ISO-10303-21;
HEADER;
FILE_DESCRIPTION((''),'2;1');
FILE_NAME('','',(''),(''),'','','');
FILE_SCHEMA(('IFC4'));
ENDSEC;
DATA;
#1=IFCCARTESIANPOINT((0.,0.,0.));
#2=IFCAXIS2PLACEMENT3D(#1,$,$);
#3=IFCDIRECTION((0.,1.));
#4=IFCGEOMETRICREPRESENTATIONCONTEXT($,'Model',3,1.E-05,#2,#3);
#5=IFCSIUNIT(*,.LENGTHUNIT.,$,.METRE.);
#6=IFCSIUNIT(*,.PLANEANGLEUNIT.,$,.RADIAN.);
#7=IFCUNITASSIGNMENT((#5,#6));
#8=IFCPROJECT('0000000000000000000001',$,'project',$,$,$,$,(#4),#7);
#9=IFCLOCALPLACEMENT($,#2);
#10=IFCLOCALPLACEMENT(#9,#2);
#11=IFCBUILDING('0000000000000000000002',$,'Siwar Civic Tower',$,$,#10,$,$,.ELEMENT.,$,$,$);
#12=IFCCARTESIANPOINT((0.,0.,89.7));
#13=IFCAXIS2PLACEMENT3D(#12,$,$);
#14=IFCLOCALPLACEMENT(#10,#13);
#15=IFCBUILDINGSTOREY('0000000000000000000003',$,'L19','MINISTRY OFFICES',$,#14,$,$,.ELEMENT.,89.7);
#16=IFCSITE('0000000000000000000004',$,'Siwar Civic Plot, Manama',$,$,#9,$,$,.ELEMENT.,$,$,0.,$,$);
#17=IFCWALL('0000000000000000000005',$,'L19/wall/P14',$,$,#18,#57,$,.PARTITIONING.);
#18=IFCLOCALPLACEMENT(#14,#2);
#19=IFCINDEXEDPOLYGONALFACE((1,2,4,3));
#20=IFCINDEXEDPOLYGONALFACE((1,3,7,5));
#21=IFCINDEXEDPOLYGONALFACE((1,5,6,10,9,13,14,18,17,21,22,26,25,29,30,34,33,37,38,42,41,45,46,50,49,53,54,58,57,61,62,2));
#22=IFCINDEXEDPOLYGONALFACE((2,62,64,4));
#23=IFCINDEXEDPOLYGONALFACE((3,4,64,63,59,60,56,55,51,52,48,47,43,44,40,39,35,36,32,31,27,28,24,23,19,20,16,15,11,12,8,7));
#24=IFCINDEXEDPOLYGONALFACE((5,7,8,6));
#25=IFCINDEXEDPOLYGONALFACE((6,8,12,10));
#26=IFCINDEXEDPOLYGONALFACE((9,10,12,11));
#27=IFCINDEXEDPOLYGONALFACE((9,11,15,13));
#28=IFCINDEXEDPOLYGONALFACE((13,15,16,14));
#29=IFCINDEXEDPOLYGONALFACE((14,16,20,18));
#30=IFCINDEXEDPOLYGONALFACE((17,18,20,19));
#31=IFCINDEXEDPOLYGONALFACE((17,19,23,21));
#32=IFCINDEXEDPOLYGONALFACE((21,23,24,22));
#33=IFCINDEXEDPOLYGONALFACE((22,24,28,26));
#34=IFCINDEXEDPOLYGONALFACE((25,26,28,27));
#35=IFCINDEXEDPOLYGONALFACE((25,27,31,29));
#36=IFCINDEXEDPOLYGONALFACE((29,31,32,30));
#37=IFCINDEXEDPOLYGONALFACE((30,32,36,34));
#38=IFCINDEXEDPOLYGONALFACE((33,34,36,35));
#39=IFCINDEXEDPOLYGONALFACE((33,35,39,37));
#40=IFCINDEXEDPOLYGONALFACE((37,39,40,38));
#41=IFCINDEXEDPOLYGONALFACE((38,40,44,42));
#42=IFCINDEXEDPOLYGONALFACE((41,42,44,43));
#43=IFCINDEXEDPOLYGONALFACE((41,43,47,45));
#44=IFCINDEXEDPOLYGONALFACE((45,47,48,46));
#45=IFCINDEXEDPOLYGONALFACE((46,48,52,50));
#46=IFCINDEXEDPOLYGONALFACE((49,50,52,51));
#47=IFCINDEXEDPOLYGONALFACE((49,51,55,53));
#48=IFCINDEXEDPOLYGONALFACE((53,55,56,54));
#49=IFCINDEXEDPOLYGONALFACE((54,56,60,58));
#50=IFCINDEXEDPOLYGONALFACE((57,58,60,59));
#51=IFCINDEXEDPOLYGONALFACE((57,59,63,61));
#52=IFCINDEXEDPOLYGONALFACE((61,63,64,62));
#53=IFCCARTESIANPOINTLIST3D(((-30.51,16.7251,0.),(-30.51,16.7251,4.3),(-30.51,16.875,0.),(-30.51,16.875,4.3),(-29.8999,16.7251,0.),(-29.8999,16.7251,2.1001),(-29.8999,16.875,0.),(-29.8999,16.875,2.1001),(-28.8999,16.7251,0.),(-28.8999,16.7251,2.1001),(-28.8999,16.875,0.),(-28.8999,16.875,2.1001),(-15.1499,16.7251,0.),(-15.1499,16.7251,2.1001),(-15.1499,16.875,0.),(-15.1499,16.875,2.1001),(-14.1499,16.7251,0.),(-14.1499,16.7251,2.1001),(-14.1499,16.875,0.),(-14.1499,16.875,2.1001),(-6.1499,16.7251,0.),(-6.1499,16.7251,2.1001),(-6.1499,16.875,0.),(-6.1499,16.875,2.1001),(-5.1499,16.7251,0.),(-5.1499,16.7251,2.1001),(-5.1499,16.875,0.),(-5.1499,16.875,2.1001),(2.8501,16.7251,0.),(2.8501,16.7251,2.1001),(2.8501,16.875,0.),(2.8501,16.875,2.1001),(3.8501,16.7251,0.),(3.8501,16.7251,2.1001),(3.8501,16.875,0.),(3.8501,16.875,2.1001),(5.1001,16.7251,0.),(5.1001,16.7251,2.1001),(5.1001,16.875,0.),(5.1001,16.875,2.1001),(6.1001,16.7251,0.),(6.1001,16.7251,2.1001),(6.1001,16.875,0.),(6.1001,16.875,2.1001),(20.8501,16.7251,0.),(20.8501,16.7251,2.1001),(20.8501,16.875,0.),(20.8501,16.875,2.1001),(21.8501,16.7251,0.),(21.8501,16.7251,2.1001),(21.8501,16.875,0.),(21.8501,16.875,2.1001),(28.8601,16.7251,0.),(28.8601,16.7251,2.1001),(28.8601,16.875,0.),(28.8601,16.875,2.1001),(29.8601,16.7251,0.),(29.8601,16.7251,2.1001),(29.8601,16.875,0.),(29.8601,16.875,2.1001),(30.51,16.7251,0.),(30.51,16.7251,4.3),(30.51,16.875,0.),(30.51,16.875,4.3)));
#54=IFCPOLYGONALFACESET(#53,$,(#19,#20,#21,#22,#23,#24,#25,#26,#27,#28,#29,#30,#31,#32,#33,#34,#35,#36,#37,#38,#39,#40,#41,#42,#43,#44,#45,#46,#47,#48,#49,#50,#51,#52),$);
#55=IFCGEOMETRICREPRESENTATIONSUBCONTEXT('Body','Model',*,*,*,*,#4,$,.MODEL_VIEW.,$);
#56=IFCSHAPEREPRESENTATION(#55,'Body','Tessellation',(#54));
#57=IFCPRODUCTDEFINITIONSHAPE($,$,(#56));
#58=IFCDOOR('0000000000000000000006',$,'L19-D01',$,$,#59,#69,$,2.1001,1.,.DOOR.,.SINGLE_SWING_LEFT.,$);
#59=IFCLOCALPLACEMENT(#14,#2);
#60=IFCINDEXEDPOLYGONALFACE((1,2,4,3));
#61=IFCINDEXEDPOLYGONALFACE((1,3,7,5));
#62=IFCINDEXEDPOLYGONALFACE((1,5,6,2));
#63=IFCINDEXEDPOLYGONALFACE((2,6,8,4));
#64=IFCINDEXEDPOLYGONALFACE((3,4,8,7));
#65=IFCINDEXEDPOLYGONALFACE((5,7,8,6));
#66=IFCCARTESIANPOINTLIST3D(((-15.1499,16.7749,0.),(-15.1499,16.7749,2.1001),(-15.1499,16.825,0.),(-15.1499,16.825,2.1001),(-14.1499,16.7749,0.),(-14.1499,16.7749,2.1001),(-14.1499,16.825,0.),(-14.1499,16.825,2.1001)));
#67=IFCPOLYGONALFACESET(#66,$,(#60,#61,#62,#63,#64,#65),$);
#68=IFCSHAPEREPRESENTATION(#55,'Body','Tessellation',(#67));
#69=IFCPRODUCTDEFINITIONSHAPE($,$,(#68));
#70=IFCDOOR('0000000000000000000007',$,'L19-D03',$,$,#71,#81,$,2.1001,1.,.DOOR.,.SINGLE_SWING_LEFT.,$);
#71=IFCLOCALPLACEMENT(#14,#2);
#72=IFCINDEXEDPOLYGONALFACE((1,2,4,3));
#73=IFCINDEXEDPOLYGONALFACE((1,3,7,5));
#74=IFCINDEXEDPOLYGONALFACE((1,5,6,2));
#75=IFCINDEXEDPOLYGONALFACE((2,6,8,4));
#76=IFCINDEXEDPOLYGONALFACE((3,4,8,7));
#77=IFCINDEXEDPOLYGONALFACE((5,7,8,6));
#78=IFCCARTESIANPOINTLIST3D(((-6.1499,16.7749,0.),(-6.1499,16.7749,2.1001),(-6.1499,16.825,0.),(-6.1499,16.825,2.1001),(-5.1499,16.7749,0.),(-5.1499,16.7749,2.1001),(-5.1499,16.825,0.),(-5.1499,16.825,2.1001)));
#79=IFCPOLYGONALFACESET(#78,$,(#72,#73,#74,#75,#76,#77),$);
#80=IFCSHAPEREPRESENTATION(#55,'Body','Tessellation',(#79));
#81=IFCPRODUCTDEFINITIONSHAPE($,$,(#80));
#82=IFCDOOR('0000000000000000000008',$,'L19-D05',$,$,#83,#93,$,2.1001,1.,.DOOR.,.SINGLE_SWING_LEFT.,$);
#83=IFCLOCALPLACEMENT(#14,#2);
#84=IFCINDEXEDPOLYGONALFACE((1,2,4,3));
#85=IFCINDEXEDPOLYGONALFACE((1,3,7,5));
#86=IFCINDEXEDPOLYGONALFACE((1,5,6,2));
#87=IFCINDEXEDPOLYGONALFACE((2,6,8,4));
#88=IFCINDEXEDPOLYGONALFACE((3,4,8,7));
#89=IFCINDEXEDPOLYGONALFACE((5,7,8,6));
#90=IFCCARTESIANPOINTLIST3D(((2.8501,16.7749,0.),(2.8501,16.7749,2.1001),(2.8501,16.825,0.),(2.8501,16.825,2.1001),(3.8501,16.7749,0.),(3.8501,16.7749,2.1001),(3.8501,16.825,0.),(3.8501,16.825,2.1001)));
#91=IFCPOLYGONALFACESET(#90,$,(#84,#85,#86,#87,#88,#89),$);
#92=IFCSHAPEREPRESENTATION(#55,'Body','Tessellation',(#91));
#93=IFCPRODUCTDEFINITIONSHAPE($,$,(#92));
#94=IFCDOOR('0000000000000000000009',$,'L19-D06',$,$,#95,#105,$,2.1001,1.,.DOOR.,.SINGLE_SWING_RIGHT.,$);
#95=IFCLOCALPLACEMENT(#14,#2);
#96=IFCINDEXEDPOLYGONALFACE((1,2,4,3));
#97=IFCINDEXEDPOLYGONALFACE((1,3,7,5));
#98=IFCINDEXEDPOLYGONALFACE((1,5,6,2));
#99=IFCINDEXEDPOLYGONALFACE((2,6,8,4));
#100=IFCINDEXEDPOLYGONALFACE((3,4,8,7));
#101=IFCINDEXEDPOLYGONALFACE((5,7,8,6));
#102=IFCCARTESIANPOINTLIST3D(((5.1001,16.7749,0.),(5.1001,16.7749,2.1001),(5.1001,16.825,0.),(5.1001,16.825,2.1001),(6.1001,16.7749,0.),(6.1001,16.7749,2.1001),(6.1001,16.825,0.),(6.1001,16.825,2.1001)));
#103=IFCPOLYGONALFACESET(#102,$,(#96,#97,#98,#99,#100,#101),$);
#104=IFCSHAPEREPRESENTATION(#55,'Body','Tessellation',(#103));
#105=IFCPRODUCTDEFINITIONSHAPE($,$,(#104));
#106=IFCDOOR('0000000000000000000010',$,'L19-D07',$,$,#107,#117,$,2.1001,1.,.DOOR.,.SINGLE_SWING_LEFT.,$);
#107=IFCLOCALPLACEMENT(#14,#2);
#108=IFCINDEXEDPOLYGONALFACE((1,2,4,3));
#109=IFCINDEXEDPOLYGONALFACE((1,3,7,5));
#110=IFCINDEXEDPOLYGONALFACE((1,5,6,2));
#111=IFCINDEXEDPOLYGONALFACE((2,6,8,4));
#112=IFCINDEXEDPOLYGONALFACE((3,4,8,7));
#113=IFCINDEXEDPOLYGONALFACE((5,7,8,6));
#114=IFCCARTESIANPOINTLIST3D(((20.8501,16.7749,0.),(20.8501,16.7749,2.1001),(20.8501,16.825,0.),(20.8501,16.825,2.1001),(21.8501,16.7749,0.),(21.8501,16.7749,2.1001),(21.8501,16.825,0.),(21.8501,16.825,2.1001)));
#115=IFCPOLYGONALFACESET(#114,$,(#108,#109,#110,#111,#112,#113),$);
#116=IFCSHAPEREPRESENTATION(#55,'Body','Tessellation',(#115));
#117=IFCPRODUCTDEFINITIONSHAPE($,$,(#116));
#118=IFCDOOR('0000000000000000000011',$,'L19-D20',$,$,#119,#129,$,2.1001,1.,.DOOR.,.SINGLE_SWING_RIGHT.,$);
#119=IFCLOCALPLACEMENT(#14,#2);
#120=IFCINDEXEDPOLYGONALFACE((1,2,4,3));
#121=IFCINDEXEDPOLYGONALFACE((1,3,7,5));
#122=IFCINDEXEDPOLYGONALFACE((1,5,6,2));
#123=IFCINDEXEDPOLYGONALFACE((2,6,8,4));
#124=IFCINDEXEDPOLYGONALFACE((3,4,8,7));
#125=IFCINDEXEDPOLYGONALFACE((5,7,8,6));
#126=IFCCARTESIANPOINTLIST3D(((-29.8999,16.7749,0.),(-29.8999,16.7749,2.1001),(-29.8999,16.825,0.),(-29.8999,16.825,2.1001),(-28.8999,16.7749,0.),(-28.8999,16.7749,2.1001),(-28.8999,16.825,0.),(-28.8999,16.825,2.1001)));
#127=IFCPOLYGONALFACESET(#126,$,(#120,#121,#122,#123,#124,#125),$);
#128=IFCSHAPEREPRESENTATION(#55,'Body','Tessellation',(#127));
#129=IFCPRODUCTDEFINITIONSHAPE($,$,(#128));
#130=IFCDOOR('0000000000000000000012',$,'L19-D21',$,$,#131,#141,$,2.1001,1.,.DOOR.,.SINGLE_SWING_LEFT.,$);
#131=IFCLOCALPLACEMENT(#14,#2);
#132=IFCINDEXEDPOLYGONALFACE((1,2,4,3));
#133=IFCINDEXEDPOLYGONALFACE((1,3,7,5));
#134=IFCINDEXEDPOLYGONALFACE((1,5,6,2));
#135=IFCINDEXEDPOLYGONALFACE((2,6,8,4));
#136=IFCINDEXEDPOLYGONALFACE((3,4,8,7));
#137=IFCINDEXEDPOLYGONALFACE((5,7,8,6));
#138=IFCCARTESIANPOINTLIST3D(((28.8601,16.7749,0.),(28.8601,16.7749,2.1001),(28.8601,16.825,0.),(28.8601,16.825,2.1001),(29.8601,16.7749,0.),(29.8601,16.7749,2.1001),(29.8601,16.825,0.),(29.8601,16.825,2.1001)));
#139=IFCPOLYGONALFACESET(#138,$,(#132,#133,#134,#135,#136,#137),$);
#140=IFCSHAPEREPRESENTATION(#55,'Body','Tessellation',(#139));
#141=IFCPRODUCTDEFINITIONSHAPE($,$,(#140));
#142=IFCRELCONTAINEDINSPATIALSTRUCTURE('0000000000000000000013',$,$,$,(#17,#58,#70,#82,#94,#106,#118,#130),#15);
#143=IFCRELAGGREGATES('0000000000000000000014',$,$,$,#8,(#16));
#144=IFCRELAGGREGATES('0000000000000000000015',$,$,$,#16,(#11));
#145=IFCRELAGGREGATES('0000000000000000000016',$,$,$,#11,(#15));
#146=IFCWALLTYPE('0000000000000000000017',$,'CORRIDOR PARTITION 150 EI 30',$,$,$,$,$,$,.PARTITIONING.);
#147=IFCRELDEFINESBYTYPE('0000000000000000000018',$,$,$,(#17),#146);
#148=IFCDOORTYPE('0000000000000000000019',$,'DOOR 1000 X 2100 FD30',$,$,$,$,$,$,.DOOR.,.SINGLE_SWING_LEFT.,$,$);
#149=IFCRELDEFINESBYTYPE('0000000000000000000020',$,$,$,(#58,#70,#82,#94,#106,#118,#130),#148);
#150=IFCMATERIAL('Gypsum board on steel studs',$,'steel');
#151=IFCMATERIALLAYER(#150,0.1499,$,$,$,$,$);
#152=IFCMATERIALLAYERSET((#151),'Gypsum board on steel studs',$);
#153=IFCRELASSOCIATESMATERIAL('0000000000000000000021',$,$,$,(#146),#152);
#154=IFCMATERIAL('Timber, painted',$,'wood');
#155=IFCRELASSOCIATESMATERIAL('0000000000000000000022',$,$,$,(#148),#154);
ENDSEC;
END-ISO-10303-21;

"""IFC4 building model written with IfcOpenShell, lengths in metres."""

from ifc_helpers import new_model, si_unit, direction, frame, frame_2d, origin, place, context, subcontext, project, spatial, rectangle, extrude, material, layer, layer_set, type_object, element, fill, save


model = new_model("IFC4")

# Units and contexts
model_context = context("Model", 3, precision=1e-05, world=origin(), true_north=direction((0.0, 1.0)))
body_context = subcontext(model_context, "Body", "Model", "MODEL_VIEW")
ifc_project = project(units=[si_unit("LENGTHUNIT", "METRE"), si_unit("PLANEANGLEUNIT", "RADIAN")], contexts=[model_context])

# Site, building, storey
site_placement = place(None, origin())
site = spatial("IfcSite", under=ifc_project, at=site_placement, Name="Siwar Civic Plot, Manama", CompositionType="ELEMENT", RefElevation=0.0)
building_placement = place(site_placement, origin())
building = spatial("IfcBuilding", under=site, at=building_placement, Name="Siwar Civic Tower", CompositionType="ELEMENT")
storey_placement = place(building_placement, frame((0.0, 0.0, 89.7)))
storey = spatial("IfcBuildingStorey", under=building, at=storey_placement, Name="L19", Description="MINISTRY OFFICES", CompositionType="ELEMENT", Elevation=89.7)

# Shared definitions
ifc_material_1 = material(Name="Gypsum board on steel studs", Category="steel")
ifc_layer_1 = layer(ifc_material_1, 0.1499)
ifc_layer_set_1 = layer_set([ifc_layer_1], Name="Gypsum board on steel studs")
wall_type_1 = type_object("IfcWallType", Name="CORRIDOR PARTITION 150 EI 30", PredefinedType="PARTITIONING", material=ifc_layer_set_1)
ifc_material_2 = material(Name="Timber, painted", Category="wood")
door_type_1 = type_object("IfcDoorType", Name="DOOR 1000 X 2100 FD30", OperationType="SINGLE_SWING_LEFT", PredefinedType="DOOR", material=ifc_material_2)

# Wall, openings, doors
wall_1_placement = place(storey_placement, frame((-30.51, 16.8, 0.0), z_axis=(0.0, 0.0, 1.0), x_axis=(1.0, 0.0, 0.0)))
wall_1 = element("IfcWall", 1, at=wall_1_placement, inside=storey, type_object=wall_type_1, Name="L19/wall/P14", PredefinedType="PARTITIONING", context=body_context, shape_type="SweptSolid", body=[
    extrude(rectangle(XDim=61.02, YDim=0.1499, at=frame_2d((30.51, 0.0))), origin(), (0.0, 0.0, 1.0), 4.3),
])
opening_1_placement = place(wall_1_placement, frame((15.3601, 0.0, 0.0)))
opening_1 = element("IfcOpeningElement", 2, at=opening_1_placement, cuts=wall_1, PredefinedType="OPENING", context=body_context, shape_type="SweptSolid", body=[
    extrude(rectangle(XDim=1.0, YDim=2.1001, at=frame_2d((0.5, 1.05))), frame((0.0, 0.085, 0.0), z_axis=(0.0, -1.0, 0.0), x_axis=(1.0, 0.0, 0.0)), (0.0, 0.0, 1.0), 0.1699),
])
opening_2_placement = place(wall_1_placement, frame((24.3601, 0.0, 0.0)))
opening_2 = element("IfcOpeningElement", 3, at=opening_2_placement, cuts=wall_1, PredefinedType="OPENING", context=body_context, shape_type="SweptSolid", body=[
    extrude(rectangle(XDim=1.0, YDim=2.1001, at=frame_2d((0.5, 1.05))), frame((0.0, 0.085, 0.0), z_axis=(0.0, -1.0, 0.0), x_axis=(1.0, 0.0, 0.0)), (0.0, 0.0, 1.0), 0.1699),
])
opening_3_placement = place(wall_1_placement, frame((33.3601, 0.0, 0.0)))
opening_3 = element("IfcOpeningElement", 4, at=opening_3_placement, cuts=wall_1, PredefinedType="OPENING", context=body_context, shape_type="SweptSolid", body=[
    extrude(rectangle(XDim=1.0, YDim=2.1001, at=frame_2d((0.5, 1.05))), frame((0.0, 0.085, 0.0), z_axis=(0.0, -1.0, 0.0), x_axis=(1.0, 0.0, 0.0)), (0.0, 0.0, 1.0), 0.1699),
])
opening_4_placement = place(wall_1_placement, frame((35.6101, 0.0, 0.0)))
opening_4 = element("IfcOpeningElement", 5, at=opening_4_placement, cuts=wall_1, PredefinedType="OPENING", context=body_context, shape_type="SweptSolid", body=[
    extrude(rectangle(XDim=1.0, YDim=2.1001, at=frame_2d((0.5, 1.05))), frame((0.0, 0.085, 0.0), z_axis=(0.0, -1.0, 0.0), x_axis=(1.0, 0.0, 0.0)), (0.0, 0.0, 1.0), 0.1699),
])
opening_5_placement = place(wall_1_placement, frame((51.3601, 0.0, 0.0)))
opening_5 = element("IfcOpeningElement", 6, at=opening_5_placement, cuts=wall_1, PredefinedType="OPENING", context=body_context, shape_type="SweptSolid", body=[
    extrude(rectangle(XDim=1.0, YDim=2.1001, at=frame_2d((0.5, 1.05))), frame((0.0, 0.085, 0.0), z_axis=(0.0, -1.0, 0.0), x_axis=(1.0, 0.0, 0.0)), (0.0, 0.0, 1.0), 0.1699),
])
opening_6_placement = place(wall_1_placement, frame((0.6101, 0.0, 0.0)))
opening_6 = element("IfcOpeningElement", 7, at=opening_6_placement, cuts=wall_1, PredefinedType="OPENING", context=body_context, shape_type="SweptSolid", body=[
    extrude(rectangle(XDim=1.0, YDim=2.1001, at=frame_2d((0.5, 1.05))), frame((0.0, 0.085, 0.0), z_axis=(0.0, -1.0, 0.0), x_axis=(1.0, 0.0, 0.0)), (0.0, 0.0, 1.0), 0.1699),
])
opening_7_placement = place(wall_1_placement, frame((59.3701, 0.0, 0.0)))
opening_7 = element("IfcOpeningElement", 8, at=opening_7_placement, cuts=wall_1, PredefinedType="OPENING", context=body_context, shape_type="SweptSolid", body=[
    extrude(rectangle(XDim=1.0, YDim=2.1001, at=frame_2d((0.5, 1.05))), frame((0.0, 0.085, 0.0), z_axis=(0.0, -1.0, 0.0), x_axis=(1.0, 0.0, 0.0)), (0.0, 0.0, 1.0), 0.1699),
])
door_1_placement = place(opening_1_placement, origin())
door_1 = element("IfcDoor", 9, at=door_1_placement, inside=storey, type_object=door_type_1, Name="L19-D01", OperationType="SINGLE_SWING_LEFT", OverallHeight=2.1001, OverallWidth=1.0, PredefinedType="DOOR", context=body_context, shape_type="SweptSolid", body=[
    extrude(rectangle(XDim=1.0, YDim=2.1001, at=frame_2d((0.5, 1.05))), frame((0.0, 0.0249, 0.0), z_axis=(0.0, -1.0, 0.0), x_axis=(1.0, 0.0, 0.0)), (0.0, 0.0, 1.0), 0.05),
])
fill(opening_1, door_1)
door_2_placement = place(opening_2_placement, origin())
door_2 = element("IfcDoor", 10, at=door_2_placement, inside=storey, type_object=door_type_1, Name="L19-D03", OperationType="SINGLE_SWING_LEFT", OverallHeight=2.1001, OverallWidth=1.0, PredefinedType="DOOR", context=body_context, shape_type="SweptSolid", body=[
    extrude(rectangle(XDim=1.0, YDim=2.1001, at=frame_2d((0.5, 1.05))), frame((0.0, 0.0249, 0.0), z_axis=(0.0, -1.0, 0.0), x_axis=(1.0, 0.0, 0.0)), (0.0, 0.0, 1.0), 0.05),
])
fill(opening_2, door_2)
door_3_placement = place(opening_3_placement, origin())
door_3 = element("IfcDoor", 11, at=door_3_placement, inside=storey, type_object=door_type_1, Name="L19-D05", OperationType="SINGLE_SWING_LEFT", OverallHeight=2.1001, OverallWidth=1.0, PredefinedType="DOOR", context=body_context, shape_type="SweptSolid", body=[
    extrude(rectangle(XDim=1.0, YDim=2.1001, at=frame_2d((0.5, 1.05))), frame((0.0, 0.0249, 0.0), z_axis=(0.0, -1.0, 0.0), x_axis=(1.0, 0.0, 0.0)), (0.0, 0.0, 1.0), 0.05),
])
fill(opening_3, door_3)
door_4_placement = place(opening_4_placement, origin())
door_4 = element("IfcDoor", 12, at=door_4_placement, inside=storey, type_object=door_type_1, Name="L19-D06", OperationType="SINGLE_SWING_RIGHT", OverallHeight=2.1001, OverallWidth=1.0, PredefinedType="DOOR", context=body_context, shape_type="SweptSolid", body=[
    extrude(rectangle(XDim=1.0, YDim=2.1001, at=frame_2d((0.5, 1.05))), frame((0.0, 0.0249, 0.0), z_axis=(0.0, -1.0, 0.0), x_axis=(1.0, 0.0, 0.0)), (0.0, 0.0, 1.0), 0.05),
])
fill(opening_4, door_4)
door_5_placement = place(opening_5_placement, origin())
door_5 = element("IfcDoor", 13, at=door_5_placement, inside=storey, type_object=door_type_1, Name="L19-D07", OperationType="SINGLE_SWING_LEFT", OverallHeight=2.1001, OverallWidth=1.0, PredefinedType="DOOR", context=body_context, shape_type="SweptSolid", body=[
    extrude(rectangle(XDim=1.0, YDim=2.1001, at=frame_2d((0.5, 1.05))), frame((0.0, 0.0249, 0.0), z_axis=(0.0, -1.0, 0.0), x_axis=(1.0, 0.0, 0.0)), (0.0, 0.0, 1.0), 0.05),
])
fill(opening_5, door_5)
door_6_placement = place(opening_6_placement, origin())
door_6 = element("IfcDoor", 14, at=door_6_placement, inside=storey, type_object=door_type_1, Name="L19-D20", OperationType="SINGLE_SWING_RIGHT", OverallHeight=2.1001, OverallWidth=1.0, PredefinedType="DOOR", context=body_context, shape_type="SweptSolid", body=[
    extrude(rectangle(XDim=1.0, YDim=2.1001, at=frame_2d((0.5, 1.05))), frame((0.0, 0.0249, 0.0), z_axis=(0.0, -1.0, 0.0), x_axis=(1.0, 0.0, 0.0)), (0.0, 0.0, 1.0), 0.05),
])
fill(opening_6, door_6)
door_7_placement = place(opening_7_placement, origin())
door_7 = element("IfcDoor", 15, at=door_7_placement, inside=storey, type_object=door_type_1, Name="L19-D21", OperationType="SINGLE_SWING_LEFT", OverallHeight=2.1001, OverallWidth=1.0, PredefinedType="DOOR", context=body_context, shape_type="SweptSolid", body=[
    extrude(rectangle(XDim=1.0, YDim=2.1001, at=frame_2d((0.5, 1.05))), frame((0.0, 0.0249, 0.0), z_axis=(0.0, -1.0, 0.0), x_axis=(1.0, 0.0, 0.0)), (0.0, 0.0, 1.0), 0.05),
])
fill(opening_7, door_7)

save(model, "model.ifc")
